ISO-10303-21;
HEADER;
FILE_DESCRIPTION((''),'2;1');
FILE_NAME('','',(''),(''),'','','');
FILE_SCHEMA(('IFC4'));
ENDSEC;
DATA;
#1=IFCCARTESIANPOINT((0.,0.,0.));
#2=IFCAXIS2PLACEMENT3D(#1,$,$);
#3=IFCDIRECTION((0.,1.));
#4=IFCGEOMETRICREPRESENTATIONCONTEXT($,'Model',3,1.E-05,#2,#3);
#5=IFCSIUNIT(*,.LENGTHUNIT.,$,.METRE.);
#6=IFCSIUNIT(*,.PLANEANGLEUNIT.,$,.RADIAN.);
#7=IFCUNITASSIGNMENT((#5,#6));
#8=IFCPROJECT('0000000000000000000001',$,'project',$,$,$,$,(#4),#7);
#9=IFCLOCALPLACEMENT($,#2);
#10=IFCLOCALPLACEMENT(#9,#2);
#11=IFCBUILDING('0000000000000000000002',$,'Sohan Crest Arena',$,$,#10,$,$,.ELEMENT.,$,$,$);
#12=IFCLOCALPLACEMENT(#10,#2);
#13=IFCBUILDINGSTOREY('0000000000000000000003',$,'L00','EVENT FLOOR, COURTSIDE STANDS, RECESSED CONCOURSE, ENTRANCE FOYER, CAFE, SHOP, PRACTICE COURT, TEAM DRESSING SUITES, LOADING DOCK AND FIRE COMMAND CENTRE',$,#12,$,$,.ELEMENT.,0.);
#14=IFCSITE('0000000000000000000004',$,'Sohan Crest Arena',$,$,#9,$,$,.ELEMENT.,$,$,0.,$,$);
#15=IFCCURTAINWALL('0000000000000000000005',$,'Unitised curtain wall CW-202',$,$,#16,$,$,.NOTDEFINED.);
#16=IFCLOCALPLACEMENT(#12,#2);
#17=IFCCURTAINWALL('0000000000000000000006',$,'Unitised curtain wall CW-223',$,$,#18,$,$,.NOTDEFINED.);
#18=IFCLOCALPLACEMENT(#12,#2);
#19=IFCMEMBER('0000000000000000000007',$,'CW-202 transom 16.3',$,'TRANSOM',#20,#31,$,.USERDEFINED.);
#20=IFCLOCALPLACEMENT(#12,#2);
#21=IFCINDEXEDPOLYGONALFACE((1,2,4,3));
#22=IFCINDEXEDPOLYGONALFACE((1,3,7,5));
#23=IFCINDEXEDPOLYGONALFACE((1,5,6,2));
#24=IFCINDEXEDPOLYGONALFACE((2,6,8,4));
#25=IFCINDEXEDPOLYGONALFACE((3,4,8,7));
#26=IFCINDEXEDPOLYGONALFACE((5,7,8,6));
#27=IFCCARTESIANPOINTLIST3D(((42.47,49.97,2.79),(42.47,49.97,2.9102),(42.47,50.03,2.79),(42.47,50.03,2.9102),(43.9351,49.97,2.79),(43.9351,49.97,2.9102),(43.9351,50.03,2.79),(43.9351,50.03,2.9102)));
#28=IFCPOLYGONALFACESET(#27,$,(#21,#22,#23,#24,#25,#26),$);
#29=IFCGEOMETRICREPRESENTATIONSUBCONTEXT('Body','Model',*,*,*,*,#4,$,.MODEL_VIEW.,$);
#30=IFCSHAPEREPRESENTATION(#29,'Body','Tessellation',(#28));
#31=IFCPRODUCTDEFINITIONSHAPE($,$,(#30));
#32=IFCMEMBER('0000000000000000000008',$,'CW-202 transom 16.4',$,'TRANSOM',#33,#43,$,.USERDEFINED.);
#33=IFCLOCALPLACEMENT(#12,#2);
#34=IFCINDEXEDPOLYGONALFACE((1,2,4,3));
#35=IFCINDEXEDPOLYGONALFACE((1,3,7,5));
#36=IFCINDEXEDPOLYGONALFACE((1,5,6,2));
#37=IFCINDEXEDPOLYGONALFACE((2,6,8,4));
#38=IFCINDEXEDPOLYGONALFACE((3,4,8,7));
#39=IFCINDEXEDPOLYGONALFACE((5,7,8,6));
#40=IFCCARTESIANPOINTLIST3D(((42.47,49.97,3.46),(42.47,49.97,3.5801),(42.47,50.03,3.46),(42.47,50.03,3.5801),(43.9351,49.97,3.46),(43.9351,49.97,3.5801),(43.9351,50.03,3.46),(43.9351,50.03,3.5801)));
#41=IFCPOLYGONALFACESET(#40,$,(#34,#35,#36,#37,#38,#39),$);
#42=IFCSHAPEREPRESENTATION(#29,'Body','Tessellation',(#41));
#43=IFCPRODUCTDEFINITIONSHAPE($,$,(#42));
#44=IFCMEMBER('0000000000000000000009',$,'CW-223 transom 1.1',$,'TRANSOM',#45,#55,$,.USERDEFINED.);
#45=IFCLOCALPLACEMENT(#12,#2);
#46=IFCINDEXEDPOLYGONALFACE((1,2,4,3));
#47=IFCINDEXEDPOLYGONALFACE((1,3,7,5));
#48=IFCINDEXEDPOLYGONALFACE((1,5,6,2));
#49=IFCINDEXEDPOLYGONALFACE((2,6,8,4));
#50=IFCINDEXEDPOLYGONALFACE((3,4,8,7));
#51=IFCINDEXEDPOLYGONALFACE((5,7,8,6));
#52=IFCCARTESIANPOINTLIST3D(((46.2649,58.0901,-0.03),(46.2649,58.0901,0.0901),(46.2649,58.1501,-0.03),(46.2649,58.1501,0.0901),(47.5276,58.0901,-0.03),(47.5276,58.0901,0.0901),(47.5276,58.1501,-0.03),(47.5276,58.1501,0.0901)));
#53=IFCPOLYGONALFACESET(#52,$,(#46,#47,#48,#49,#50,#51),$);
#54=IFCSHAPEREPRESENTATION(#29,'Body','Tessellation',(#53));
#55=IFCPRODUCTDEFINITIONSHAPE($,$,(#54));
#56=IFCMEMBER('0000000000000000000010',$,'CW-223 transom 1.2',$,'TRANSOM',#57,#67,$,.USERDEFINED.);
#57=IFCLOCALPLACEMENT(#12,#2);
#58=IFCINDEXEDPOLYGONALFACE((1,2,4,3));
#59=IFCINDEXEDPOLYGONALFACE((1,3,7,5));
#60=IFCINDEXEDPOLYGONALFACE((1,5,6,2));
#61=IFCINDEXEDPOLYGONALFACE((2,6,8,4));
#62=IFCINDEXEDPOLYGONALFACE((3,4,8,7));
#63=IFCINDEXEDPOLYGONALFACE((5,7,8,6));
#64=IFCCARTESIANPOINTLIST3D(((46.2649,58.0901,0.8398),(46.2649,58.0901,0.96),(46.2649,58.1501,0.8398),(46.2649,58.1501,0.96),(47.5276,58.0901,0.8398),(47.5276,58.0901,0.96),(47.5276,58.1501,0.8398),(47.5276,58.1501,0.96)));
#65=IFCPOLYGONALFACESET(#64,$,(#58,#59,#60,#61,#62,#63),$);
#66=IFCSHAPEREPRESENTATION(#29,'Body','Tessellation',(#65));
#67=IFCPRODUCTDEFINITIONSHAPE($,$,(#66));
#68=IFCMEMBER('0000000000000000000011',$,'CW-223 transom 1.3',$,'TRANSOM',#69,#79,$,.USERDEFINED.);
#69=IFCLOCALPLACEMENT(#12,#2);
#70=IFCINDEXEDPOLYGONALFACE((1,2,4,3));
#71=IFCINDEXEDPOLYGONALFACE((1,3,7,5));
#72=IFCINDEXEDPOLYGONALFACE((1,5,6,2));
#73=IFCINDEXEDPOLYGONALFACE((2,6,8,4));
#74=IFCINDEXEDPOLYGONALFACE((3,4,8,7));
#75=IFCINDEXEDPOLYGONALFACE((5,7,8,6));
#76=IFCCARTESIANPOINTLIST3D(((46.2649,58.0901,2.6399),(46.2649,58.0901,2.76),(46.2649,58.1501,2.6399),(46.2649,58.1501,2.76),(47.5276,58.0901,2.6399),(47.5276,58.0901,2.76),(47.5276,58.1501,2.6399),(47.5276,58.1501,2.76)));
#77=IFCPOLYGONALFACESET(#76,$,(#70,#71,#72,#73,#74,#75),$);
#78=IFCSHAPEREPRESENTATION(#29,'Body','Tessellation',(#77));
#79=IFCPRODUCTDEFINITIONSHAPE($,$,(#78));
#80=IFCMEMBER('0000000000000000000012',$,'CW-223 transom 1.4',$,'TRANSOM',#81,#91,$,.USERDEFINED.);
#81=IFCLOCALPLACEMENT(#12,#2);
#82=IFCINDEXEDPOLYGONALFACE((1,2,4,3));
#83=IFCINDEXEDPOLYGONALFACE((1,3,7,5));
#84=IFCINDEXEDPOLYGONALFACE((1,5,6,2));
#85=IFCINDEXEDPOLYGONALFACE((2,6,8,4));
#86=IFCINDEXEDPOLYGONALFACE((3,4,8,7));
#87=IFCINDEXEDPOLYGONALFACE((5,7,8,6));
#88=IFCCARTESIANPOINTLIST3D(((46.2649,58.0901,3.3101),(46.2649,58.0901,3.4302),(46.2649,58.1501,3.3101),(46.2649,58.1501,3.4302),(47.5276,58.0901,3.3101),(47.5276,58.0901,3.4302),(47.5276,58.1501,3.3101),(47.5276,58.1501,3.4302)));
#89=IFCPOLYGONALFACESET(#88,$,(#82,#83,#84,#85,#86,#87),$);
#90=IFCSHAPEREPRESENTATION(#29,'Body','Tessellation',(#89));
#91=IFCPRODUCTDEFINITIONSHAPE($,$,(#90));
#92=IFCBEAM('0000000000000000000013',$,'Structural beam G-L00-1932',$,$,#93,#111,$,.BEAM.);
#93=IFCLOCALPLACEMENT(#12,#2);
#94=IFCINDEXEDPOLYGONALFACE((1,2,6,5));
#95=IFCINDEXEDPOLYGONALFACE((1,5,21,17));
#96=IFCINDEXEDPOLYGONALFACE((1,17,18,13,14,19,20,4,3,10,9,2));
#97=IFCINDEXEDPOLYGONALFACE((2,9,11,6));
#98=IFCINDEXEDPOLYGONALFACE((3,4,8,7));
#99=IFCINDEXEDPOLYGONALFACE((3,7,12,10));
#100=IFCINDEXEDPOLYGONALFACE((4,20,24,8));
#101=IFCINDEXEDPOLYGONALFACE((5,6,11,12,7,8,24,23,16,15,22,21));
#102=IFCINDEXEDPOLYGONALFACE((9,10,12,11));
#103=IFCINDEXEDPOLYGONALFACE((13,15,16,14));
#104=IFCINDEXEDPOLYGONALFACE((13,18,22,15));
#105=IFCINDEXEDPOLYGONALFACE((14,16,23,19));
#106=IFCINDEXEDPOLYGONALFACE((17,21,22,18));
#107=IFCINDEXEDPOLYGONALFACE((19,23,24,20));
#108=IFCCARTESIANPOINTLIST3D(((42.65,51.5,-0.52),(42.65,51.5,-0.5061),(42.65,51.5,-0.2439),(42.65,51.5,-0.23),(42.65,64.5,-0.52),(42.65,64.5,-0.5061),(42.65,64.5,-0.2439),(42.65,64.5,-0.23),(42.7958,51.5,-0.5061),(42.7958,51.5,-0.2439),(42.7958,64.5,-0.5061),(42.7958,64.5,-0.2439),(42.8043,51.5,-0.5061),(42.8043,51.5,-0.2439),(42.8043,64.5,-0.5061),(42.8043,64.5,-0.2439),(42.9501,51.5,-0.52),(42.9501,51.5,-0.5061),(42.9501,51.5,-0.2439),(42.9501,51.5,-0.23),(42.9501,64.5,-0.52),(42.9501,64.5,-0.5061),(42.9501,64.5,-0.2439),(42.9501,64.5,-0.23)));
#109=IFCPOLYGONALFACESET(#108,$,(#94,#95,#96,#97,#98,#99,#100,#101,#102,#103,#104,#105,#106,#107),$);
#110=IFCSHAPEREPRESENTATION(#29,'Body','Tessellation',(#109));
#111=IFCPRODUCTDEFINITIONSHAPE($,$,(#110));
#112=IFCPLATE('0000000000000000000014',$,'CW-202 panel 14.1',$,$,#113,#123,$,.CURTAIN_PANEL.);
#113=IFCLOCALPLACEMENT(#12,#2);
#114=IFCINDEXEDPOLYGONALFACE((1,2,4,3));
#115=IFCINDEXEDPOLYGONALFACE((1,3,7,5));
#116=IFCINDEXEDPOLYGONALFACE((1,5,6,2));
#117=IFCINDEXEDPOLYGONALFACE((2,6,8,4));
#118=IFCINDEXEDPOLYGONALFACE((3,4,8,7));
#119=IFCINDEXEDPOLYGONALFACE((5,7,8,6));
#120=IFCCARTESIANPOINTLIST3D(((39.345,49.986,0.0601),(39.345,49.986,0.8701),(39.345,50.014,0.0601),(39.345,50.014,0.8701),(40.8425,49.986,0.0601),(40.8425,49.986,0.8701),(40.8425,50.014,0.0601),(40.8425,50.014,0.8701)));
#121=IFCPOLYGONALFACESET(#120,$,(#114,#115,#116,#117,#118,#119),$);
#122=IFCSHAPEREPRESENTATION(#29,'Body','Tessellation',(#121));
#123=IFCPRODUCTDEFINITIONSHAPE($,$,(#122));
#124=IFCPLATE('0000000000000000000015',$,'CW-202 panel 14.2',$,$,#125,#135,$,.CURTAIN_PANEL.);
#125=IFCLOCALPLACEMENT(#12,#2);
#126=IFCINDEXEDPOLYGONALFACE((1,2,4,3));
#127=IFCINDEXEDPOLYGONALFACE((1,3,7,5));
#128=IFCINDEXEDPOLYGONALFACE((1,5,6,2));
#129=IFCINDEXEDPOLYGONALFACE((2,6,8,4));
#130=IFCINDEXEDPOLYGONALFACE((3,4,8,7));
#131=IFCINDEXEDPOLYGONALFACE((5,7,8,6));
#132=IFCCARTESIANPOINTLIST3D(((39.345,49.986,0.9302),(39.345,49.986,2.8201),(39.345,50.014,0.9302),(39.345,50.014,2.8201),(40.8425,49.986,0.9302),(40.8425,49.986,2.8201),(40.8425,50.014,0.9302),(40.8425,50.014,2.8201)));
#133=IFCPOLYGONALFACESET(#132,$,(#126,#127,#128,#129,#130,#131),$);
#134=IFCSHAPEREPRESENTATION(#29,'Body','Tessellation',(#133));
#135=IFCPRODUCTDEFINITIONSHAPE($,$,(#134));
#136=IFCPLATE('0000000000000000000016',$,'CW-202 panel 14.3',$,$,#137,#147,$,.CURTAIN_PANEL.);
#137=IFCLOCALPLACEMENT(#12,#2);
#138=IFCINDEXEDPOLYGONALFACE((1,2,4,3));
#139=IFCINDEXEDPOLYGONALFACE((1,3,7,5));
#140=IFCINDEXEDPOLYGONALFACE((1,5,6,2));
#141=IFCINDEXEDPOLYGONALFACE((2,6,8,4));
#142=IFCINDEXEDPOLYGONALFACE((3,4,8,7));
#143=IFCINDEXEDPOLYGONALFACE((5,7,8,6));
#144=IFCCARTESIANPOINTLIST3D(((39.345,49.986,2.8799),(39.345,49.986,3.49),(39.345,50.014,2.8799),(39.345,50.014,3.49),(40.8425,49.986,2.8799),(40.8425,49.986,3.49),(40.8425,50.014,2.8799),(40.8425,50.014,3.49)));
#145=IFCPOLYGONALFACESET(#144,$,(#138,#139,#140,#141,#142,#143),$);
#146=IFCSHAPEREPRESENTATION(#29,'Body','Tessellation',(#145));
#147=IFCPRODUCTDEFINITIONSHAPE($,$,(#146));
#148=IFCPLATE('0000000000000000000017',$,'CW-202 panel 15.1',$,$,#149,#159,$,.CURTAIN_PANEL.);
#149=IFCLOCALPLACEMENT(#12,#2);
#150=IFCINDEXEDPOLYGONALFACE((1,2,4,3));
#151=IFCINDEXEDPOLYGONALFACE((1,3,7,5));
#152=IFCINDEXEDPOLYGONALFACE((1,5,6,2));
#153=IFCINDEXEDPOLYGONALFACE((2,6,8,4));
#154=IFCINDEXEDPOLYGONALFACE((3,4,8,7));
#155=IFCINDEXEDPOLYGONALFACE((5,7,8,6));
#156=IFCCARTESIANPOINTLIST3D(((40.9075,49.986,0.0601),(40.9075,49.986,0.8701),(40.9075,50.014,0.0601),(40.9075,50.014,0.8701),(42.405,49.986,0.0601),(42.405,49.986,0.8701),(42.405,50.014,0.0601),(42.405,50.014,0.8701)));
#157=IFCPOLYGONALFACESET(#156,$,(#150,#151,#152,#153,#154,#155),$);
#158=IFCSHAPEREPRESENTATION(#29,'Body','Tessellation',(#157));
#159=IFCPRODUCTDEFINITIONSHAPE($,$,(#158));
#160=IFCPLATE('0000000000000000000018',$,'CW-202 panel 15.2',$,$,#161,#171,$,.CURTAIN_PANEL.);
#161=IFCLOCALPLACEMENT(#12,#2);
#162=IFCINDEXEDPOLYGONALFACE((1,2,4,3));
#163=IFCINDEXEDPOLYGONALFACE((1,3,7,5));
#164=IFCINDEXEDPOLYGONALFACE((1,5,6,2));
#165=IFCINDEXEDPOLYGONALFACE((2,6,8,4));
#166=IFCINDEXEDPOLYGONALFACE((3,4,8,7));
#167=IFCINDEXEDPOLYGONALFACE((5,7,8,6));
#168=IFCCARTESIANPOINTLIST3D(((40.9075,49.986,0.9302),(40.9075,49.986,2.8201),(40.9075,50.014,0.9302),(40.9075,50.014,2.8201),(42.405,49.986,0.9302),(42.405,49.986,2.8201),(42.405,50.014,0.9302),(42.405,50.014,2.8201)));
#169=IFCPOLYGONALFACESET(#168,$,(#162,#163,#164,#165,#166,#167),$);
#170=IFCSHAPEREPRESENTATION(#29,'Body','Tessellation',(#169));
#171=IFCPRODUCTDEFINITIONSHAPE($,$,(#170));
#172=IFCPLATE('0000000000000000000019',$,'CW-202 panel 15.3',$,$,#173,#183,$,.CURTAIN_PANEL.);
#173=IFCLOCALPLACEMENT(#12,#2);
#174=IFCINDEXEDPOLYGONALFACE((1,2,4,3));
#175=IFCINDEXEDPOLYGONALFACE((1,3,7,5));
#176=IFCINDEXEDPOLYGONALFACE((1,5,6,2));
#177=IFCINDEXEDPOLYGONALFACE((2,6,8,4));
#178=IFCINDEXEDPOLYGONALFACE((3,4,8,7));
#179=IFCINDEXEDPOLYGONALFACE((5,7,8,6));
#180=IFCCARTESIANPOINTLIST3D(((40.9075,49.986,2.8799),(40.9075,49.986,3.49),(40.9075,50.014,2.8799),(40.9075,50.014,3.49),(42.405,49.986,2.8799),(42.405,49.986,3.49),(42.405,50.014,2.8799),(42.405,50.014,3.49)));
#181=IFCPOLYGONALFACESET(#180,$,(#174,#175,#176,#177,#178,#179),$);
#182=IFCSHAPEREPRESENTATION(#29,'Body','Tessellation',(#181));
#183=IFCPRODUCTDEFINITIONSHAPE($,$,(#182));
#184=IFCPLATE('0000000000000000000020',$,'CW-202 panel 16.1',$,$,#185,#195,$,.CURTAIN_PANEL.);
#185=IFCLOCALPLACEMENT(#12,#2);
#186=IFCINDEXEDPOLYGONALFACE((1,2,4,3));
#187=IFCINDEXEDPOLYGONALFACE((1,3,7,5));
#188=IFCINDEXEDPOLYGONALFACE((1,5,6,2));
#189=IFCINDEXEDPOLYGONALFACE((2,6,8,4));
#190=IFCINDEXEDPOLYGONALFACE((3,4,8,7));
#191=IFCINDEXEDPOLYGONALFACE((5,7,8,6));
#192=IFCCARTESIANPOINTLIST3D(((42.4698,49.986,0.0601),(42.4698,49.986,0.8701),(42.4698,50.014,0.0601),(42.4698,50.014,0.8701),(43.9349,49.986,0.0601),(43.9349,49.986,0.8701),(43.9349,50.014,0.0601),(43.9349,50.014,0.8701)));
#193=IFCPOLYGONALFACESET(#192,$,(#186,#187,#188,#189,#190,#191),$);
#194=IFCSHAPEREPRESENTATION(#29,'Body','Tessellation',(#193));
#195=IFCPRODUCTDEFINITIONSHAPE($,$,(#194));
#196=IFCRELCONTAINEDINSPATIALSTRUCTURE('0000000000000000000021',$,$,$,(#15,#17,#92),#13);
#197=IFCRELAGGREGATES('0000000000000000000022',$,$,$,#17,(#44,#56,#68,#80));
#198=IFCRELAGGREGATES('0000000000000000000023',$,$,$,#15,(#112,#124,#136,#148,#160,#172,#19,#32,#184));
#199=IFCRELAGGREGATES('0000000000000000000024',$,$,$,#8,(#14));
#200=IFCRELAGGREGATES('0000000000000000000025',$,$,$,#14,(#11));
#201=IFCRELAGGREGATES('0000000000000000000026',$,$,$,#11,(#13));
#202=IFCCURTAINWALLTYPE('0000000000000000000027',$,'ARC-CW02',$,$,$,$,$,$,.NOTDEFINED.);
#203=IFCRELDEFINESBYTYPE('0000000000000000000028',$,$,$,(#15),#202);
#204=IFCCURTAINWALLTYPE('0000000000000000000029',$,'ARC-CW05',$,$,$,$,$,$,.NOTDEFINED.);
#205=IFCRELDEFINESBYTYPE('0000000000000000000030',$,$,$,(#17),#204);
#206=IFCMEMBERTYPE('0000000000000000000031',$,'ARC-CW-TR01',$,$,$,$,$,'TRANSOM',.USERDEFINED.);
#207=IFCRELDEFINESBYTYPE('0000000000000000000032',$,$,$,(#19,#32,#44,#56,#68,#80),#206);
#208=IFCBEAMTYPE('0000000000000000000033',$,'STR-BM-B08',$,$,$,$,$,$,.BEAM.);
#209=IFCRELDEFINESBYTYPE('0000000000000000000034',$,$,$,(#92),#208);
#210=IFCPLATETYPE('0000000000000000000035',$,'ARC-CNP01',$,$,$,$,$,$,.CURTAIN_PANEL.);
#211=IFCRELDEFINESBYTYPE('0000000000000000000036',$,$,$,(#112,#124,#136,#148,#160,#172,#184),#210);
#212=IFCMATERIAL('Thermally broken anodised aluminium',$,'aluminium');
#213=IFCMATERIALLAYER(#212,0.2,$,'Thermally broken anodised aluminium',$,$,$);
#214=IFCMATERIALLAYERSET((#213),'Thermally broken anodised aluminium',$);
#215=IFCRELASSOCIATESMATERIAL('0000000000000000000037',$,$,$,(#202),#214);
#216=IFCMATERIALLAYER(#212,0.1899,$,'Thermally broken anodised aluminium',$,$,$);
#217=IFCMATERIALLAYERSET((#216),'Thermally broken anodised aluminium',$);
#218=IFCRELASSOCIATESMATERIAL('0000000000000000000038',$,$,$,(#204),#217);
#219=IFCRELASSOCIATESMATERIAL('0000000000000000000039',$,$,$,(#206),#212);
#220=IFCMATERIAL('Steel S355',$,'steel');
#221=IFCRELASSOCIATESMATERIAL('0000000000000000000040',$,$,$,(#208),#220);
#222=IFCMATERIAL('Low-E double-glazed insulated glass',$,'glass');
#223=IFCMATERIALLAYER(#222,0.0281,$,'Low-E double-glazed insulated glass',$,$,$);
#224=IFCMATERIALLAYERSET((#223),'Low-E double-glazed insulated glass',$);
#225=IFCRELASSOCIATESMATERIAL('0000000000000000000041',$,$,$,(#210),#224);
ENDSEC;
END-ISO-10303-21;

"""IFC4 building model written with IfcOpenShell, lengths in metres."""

from ifc_helpers import new_model, si_unit, direction, frame, origin, origin_2d, place, context, subcontext, project, spatial, rectangle, i_section, extrude, material, layer, layer_set, material_profile, profile_set, type_object, element, aggregate, save


model = new_model("IFC4")

# Units and contexts
model_context = context("Model", 3, precision=1e-05, world=origin(), true_north=direction((0.0, 1.0)))
body_context = subcontext(model_context, "Body", "Model", "MODEL_VIEW")
ifc_project = project(units=[si_unit("LENGTHUNIT", "METRE"), si_unit("PLANEANGLEUNIT", "RADIAN")], contexts=[model_context])

# Site, building, storey
site_placement = place(None, origin())
site = spatial("IfcSite", under=ifc_project, at=site_placement, Name="Sohan Crest Arena", CompositionType="ELEMENT", RefElevation=0.0)
building_placement = place(site_placement, origin())
building = spatial("IfcBuilding", under=site, at=building_placement, Name="Sohan Crest Arena", CompositionType="ELEMENT")
storey_placement = place(building_placement, origin())
storey = spatial("IfcBuildingStorey", under=building, at=storey_placement, Name="L00", Description="EVENT FLOOR, COURTSIDE STANDS, RECESSED CONCOURSE, ENTRANCE FOYER, CAFE, SHOP, PRACTICE COURT, TEAM DRESSING SUITES, LOADING DOCK AND FIRE COMMAND CENTRE", CompositionType="ELEMENT", Elevation=0.0)

# Curtain wall
ifc_material_1 = material(Name="Thermally broken anodised aluminium", Category="aluminium")
ifc_layer_1 = layer(ifc_material_1, 0.2, Name="Thermally broken anodised aluminium")
ifc_layer_set_1 = layer_set([ifc_layer_1], Name="Thermally broken anodised aluminium")
curtain_wall_type_1 = type_object("IfcCurtainWallType", Name="ARC-CW02", PredefinedType="NOTDEFINED", material=ifc_layer_set_1)
curtain_wall_1_placement = place(storey_placement, origin())
curtain_wall_1 = element("IfcCurtainWall", 1, at=curtain_wall_1_placement, inside=storey, type_object=curtain_wall_type_1, Name="Unitised curtain wall CW-202", PredefinedType="NOTDEFINED")

# Curtain wall
ifc_layer_2 = layer(ifc_material_1, 0.1899, Name="Thermally broken anodised aluminium")
ifc_layer_set_2 = layer_set([ifc_layer_2], Name="Thermally broken anodised aluminium")
curtain_wall_type_2 = type_object("IfcCurtainWallType", Name="ARC-CW05", PredefinedType="NOTDEFINED", material=ifc_layer_set_2)
curtain_wall_2_placement = place(storey_placement, origin())
curtain_wall_2 = element("IfcCurtainWall", 2, at=curtain_wall_2_placement, inside=storey, type_object=curtain_wall_type_2, Name="Unitised curtain wall CW-223", PredefinedType="NOTDEFINED")

# Members
ifc_material_profile_1 = material_profile(ifc_material_1, rectangle(XDim=0.0601, YDim=0.1201, at=origin_2d()), Name="ALU-TRAN 60x120")
ifc_profile_set_1 = profile_set([ifc_material_profile_1], Name="Thermally broken anodised aluminium")
member_type_1 = type_object("IfcMemberType", Name="ARC-CW-TR01", ElementType="TRANSOM", PredefinedType="USERDEFINED", material=ifc_profile_set_1)
member_1_placement = place(storey_placement, frame((42.47, 50.0, 2.8501), z_axis=(1.0, 0.0, 0.0), x_axis=(0.0, 1.0, 0.0)))
member_1 = element("IfcMember", 3, at=member_1_placement, type_object=member_type_1, Name="CW-202 transom 16.3", ObjectType="TRANSOM", PredefinedType="USERDEFINED", context=body_context, shape_type="SweptSolid", body=[
    extrude(rectangle(XDim=0.0601, YDim=0.1201, at=origin_2d()), origin(), (0.0, 0.0, 1.0), 1.4651),
])
member_2_placement = place(storey_placement, frame((42.47, 50.0, 3.52), z_axis=(1.0, 0.0, 0.0), x_axis=(0.0, 1.0, 0.0)))
member_2 = element("IfcMember", 4, at=member_2_placement, type_object=member_type_1, Name="CW-202 transom 16.4", ObjectType="TRANSOM", PredefinedType="USERDEFINED", context=body_context, shape_type="SweptSolid", body=[
    extrude(rectangle(XDim=0.0601, YDim=0.1201, at=origin_2d()), origin(), (0.0, 0.0, 1.0), 1.4651),
])
member_3_placement = place(storey_placement, frame((46.2649, 58.1201, 0.03), z_axis=(1.0, 0.0, 0.0), x_axis=(0.0, 1.0, 0.0)))
member_3 = element("IfcMember", 5, at=member_3_placement, type_object=member_type_1, Name="CW-223 transom 1.1", ObjectType="TRANSOM", PredefinedType="USERDEFINED", context=body_context, shape_type="SweptSolid", body=[
    extrude(rectangle(XDim=0.0601, YDim=0.1201, at=origin_2d()), origin(), (0.0, 0.0, 1.0), 1.2627),
])
member_4_placement = place(storey_placement, frame((46.2649, 58.1201, 0.8999), z_axis=(1.0, 0.0, 0.0), x_axis=(0.0, 1.0, 0.0)))
member_4 = element("IfcMember", 6, at=member_4_placement, type_object=member_type_1, Name="CW-223 transom 1.2", ObjectType="TRANSOM", PredefinedType="USERDEFINED", context=body_context, shape_type="SweptSolid", body=[
    extrude(rectangle(XDim=0.0601, YDim=0.1201, at=origin_2d()), origin(), (0.0, 0.0, 1.0), 1.2627),
])
member_5_placement = place(storey_placement, frame((46.2649, 58.1201, 2.7), z_axis=(1.0, 0.0, 0.0), x_axis=(0.0, 1.0, 0.0)))
member_5 = element("IfcMember", 7, at=member_5_placement, type_object=member_type_1, Name="CW-223 transom 1.3", ObjectType="TRANSOM", PredefinedType="USERDEFINED", context=body_context, shape_type="SweptSolid", body=[
    extrude(rectangle(XDim=0.0601, YDim=0.1201, at=origin_2d()), origin(), (0.0, 0.0, 1.0), 1.2627),
])
member_6_placement = place(storey_placement, frame((46.2649, 58.1201, 3.3701), z_axis=(1.0, 0.0, 0.0), x_axis=(0.0, 1.0, 0.0)))
member_6 = element("IfcMember", 8, at=member_6_placement, type_object=member_type_1, Name="CW-223 transom 1.4", ObjectType="TRANSOM", PredefinedType="USERDEFINED", context=body_context, shape_type="SweptSolid", body=[
    extrude(rectangle(XDim=0.0601, YDim=0.1201, at=origin_2d()), origin(), (0.0, 0.0, 1.0), 1.2627),
])
aggregate(curtain_wall_2, [member_3, member_4, member_5, member_6])

# Beam
ifc_material_2 = material(Name="Steel S355", Category="steel")
ifc_material_profile_2 = material_profile(ifc_material_2, i_section(OverallWidth=0.3, OverallDepth=0.29, WebThickness=0.0085, FlangeThickness=0.0139, at=origin_2d()), Name="HEA 300")
ifc_profile_set_2 = profile_set([ifc_material_profile_2], Name="Steel S355")
beam_type = type_object("IfcBeamType", Name="STR-BM-B08", PredefinedType="BEAM", material=ifc_profile_set_2)
beam_placement = place(storey_placement, frame((42.8, 51.5, -0.375), z_axis=(0.0, 1.0, 0.0), x_axis=(-1.0, 0.0, 0.0)))
element("IfcBeam", 9, at=beam_placement, inside=storey, type_object=beam_type, Name="Structural beam G-L00-1932", PredefinedType="BEAM", context=body_context, shape_type="SweptSolid", body=[
    extrude(i_section(OverallWidth=0.3, OverallDepth=0.29, WebThickness=0.0085, FlangeThickness=0.0139, at=origin_2d()), origin(), (0.0, 0.0, 1.0), 13.0),
])

# Plates
ifc_material_3 = material(Name="Low-E double-glazed insulated glass", Category="glass")
ifc_layer_3 = layer(ifc_material_3, 0.0281, Name="Low-E double-glazed insulated glass")
ifc_layer_set_3 = layer_set([ifc_layer_3], Name="Low-E double-glazed insulated glass")
plate_type = type_object("IfcPlateType", Name="ARC-CNP01", PredefinedType="CURTAIN_PANEL", material=ifc_layer_set_3)
plate_1_placement = place(storey_placement, frame((40.0938, 50.0, 0.0601), z_axis=(0.0, 0.0, 1.0), x_axis=(1.0, 0.0, 0.0)))
plate_1 = element("IfcPlate", 10, at=plate_1_placement, type_object=plate_type, Name="CW-202 panel 14.1", PredefinedType="CURTAIN_PANEL", context=body_context, shape_type="SweptSolid", body=[
    extrude(rectangle(XDim=1.4976, YDim=0.0281, at=origin_2d()), origin(), (0.0, 0.0, 1.0), 0.8101),
])
plate_2_placement = place(storey_placement, frame((40.0938, 50.0, 0.9302), z_axis=(0.0, 0.0, 1.0), x_axis=(1.0, 0.0, 0.0)))
plate_2 = element("IfcPlate", 11, at=plate_2_placement, type_object=plate_type, Name="CW-202 panel 14.2", PredefinedType="CURTAIN_PANEL", context=body_context, shape_type="SweptSolid", body=[
    extrude(rectangle(XDim=1.4976, YDim=0.0281, at=origin_2d()), origin(), (0.0, 0.0, 1.0), 1.8899),
])
plate_3_placement = place(storey_placement, frame((40.0938, 50.0, 2.8799), z_axis=(0.0, 0.0, 1.0), x_axis=(1.0, 0.0, 0.0)))
plate_3 = element("IfcPlate", 12, at=plate_3_placement, type_object=plate_type, Name="CW-202 panel 14.3", PredefinedType="CURTAIN_PANEL", context=body_context, shape_type="SweptSolid", body=[
    extrude(rectangle(XDim=1.4976, YDim=0.0281, at=origin_2d()), origin(), (0.0, 0.0, 1.0), 0.6101),
])
plate_4_placement = place(storey_placement, frame((41.6562, 50.0, 0.0601), z_axis=(0.0, 0.0, 1.0), x_axis=(1.0, 0.0, 0.0)))
plate_4 = element("IfcPlate", 13, at=plate_4_placement, type_object=plate_type, Name="CW-202 panel 15.1", PredefinedType="CURTAIN_PANEL", context=body_context, shape_type="SweptSolid", body=[
    extrude(rectangle(XDim=1.4976, YDim=0.0281, at=origin_2d()), origin(), (0.0, 0.0, 1.0), 0.8101),
])
plate_5_placement = place(storey_placement, frame((41.6562, 50.0, 0.9302), z_axis=(0.0, 0.0, 1.0), x_axis=(1.0, 0.0, 0.0)))
plate_5 = element("IfcPlate", 14, at=plate_5_placement, type_object=plate_type, Name="CW-202 panel 15.2", PredefinedType="CURTAIN_PANEL", context=body_context, shape_type="SweptSolid", body=[
    extrude(rectangle(XDim=1.4976, YDim=0.0281, at=origin_2d()), origin(), (0.0, 0.0, 1.0), 1.8899),
])
plate_6_placement = place(storey_placement, frame((41.6562, 50.0, 2.8799), z_axis=(0.0, 0.0, 1.0), x_axis=(1.0, 0.0, 0.0)))
plate_6 = element("IfcPlate", 15, at=plate_6_placement, type_object=plate_type, Name="CW-202 panel 15.3", PredefinedType="CURTAIN_PANEL", context=body_context, shape_type="SweptSolid", body=[
    extrude(rectangle(XDim=1.4976, YDim=0.0281, at=origin_2d()), origin(), (0.0, 0.0, 1.0), 0.6101),
])
plate_7_placement = place(storey_placement, frame((43.2024, 50.0, 0.0601), z_axis=(0.0, 0.0, 1.0), x_axis=(1.0, 0.0, 0.0)))
plate_7 = element("IfcPlate", 16, at=plate_7_placement, type_object=plate_type, Name="CW-202 panel 16.1", PredefinedType="CURTAIN_PANEL", context=body_context, shape_type="SweptSolid", body=[
    extrude(rectangle(XDim=1.4651, YDim=0.0281, at=origin_2d()), origin(), (0.0, 0.0, 1.0), 0.8101),
])
aggregate(curtain_wall_1, [plate_1, plate_2, plate_3, plate_4, plate_5, plate_6, member_1, member_2, plate_7])

save(model, "model.ifc")
